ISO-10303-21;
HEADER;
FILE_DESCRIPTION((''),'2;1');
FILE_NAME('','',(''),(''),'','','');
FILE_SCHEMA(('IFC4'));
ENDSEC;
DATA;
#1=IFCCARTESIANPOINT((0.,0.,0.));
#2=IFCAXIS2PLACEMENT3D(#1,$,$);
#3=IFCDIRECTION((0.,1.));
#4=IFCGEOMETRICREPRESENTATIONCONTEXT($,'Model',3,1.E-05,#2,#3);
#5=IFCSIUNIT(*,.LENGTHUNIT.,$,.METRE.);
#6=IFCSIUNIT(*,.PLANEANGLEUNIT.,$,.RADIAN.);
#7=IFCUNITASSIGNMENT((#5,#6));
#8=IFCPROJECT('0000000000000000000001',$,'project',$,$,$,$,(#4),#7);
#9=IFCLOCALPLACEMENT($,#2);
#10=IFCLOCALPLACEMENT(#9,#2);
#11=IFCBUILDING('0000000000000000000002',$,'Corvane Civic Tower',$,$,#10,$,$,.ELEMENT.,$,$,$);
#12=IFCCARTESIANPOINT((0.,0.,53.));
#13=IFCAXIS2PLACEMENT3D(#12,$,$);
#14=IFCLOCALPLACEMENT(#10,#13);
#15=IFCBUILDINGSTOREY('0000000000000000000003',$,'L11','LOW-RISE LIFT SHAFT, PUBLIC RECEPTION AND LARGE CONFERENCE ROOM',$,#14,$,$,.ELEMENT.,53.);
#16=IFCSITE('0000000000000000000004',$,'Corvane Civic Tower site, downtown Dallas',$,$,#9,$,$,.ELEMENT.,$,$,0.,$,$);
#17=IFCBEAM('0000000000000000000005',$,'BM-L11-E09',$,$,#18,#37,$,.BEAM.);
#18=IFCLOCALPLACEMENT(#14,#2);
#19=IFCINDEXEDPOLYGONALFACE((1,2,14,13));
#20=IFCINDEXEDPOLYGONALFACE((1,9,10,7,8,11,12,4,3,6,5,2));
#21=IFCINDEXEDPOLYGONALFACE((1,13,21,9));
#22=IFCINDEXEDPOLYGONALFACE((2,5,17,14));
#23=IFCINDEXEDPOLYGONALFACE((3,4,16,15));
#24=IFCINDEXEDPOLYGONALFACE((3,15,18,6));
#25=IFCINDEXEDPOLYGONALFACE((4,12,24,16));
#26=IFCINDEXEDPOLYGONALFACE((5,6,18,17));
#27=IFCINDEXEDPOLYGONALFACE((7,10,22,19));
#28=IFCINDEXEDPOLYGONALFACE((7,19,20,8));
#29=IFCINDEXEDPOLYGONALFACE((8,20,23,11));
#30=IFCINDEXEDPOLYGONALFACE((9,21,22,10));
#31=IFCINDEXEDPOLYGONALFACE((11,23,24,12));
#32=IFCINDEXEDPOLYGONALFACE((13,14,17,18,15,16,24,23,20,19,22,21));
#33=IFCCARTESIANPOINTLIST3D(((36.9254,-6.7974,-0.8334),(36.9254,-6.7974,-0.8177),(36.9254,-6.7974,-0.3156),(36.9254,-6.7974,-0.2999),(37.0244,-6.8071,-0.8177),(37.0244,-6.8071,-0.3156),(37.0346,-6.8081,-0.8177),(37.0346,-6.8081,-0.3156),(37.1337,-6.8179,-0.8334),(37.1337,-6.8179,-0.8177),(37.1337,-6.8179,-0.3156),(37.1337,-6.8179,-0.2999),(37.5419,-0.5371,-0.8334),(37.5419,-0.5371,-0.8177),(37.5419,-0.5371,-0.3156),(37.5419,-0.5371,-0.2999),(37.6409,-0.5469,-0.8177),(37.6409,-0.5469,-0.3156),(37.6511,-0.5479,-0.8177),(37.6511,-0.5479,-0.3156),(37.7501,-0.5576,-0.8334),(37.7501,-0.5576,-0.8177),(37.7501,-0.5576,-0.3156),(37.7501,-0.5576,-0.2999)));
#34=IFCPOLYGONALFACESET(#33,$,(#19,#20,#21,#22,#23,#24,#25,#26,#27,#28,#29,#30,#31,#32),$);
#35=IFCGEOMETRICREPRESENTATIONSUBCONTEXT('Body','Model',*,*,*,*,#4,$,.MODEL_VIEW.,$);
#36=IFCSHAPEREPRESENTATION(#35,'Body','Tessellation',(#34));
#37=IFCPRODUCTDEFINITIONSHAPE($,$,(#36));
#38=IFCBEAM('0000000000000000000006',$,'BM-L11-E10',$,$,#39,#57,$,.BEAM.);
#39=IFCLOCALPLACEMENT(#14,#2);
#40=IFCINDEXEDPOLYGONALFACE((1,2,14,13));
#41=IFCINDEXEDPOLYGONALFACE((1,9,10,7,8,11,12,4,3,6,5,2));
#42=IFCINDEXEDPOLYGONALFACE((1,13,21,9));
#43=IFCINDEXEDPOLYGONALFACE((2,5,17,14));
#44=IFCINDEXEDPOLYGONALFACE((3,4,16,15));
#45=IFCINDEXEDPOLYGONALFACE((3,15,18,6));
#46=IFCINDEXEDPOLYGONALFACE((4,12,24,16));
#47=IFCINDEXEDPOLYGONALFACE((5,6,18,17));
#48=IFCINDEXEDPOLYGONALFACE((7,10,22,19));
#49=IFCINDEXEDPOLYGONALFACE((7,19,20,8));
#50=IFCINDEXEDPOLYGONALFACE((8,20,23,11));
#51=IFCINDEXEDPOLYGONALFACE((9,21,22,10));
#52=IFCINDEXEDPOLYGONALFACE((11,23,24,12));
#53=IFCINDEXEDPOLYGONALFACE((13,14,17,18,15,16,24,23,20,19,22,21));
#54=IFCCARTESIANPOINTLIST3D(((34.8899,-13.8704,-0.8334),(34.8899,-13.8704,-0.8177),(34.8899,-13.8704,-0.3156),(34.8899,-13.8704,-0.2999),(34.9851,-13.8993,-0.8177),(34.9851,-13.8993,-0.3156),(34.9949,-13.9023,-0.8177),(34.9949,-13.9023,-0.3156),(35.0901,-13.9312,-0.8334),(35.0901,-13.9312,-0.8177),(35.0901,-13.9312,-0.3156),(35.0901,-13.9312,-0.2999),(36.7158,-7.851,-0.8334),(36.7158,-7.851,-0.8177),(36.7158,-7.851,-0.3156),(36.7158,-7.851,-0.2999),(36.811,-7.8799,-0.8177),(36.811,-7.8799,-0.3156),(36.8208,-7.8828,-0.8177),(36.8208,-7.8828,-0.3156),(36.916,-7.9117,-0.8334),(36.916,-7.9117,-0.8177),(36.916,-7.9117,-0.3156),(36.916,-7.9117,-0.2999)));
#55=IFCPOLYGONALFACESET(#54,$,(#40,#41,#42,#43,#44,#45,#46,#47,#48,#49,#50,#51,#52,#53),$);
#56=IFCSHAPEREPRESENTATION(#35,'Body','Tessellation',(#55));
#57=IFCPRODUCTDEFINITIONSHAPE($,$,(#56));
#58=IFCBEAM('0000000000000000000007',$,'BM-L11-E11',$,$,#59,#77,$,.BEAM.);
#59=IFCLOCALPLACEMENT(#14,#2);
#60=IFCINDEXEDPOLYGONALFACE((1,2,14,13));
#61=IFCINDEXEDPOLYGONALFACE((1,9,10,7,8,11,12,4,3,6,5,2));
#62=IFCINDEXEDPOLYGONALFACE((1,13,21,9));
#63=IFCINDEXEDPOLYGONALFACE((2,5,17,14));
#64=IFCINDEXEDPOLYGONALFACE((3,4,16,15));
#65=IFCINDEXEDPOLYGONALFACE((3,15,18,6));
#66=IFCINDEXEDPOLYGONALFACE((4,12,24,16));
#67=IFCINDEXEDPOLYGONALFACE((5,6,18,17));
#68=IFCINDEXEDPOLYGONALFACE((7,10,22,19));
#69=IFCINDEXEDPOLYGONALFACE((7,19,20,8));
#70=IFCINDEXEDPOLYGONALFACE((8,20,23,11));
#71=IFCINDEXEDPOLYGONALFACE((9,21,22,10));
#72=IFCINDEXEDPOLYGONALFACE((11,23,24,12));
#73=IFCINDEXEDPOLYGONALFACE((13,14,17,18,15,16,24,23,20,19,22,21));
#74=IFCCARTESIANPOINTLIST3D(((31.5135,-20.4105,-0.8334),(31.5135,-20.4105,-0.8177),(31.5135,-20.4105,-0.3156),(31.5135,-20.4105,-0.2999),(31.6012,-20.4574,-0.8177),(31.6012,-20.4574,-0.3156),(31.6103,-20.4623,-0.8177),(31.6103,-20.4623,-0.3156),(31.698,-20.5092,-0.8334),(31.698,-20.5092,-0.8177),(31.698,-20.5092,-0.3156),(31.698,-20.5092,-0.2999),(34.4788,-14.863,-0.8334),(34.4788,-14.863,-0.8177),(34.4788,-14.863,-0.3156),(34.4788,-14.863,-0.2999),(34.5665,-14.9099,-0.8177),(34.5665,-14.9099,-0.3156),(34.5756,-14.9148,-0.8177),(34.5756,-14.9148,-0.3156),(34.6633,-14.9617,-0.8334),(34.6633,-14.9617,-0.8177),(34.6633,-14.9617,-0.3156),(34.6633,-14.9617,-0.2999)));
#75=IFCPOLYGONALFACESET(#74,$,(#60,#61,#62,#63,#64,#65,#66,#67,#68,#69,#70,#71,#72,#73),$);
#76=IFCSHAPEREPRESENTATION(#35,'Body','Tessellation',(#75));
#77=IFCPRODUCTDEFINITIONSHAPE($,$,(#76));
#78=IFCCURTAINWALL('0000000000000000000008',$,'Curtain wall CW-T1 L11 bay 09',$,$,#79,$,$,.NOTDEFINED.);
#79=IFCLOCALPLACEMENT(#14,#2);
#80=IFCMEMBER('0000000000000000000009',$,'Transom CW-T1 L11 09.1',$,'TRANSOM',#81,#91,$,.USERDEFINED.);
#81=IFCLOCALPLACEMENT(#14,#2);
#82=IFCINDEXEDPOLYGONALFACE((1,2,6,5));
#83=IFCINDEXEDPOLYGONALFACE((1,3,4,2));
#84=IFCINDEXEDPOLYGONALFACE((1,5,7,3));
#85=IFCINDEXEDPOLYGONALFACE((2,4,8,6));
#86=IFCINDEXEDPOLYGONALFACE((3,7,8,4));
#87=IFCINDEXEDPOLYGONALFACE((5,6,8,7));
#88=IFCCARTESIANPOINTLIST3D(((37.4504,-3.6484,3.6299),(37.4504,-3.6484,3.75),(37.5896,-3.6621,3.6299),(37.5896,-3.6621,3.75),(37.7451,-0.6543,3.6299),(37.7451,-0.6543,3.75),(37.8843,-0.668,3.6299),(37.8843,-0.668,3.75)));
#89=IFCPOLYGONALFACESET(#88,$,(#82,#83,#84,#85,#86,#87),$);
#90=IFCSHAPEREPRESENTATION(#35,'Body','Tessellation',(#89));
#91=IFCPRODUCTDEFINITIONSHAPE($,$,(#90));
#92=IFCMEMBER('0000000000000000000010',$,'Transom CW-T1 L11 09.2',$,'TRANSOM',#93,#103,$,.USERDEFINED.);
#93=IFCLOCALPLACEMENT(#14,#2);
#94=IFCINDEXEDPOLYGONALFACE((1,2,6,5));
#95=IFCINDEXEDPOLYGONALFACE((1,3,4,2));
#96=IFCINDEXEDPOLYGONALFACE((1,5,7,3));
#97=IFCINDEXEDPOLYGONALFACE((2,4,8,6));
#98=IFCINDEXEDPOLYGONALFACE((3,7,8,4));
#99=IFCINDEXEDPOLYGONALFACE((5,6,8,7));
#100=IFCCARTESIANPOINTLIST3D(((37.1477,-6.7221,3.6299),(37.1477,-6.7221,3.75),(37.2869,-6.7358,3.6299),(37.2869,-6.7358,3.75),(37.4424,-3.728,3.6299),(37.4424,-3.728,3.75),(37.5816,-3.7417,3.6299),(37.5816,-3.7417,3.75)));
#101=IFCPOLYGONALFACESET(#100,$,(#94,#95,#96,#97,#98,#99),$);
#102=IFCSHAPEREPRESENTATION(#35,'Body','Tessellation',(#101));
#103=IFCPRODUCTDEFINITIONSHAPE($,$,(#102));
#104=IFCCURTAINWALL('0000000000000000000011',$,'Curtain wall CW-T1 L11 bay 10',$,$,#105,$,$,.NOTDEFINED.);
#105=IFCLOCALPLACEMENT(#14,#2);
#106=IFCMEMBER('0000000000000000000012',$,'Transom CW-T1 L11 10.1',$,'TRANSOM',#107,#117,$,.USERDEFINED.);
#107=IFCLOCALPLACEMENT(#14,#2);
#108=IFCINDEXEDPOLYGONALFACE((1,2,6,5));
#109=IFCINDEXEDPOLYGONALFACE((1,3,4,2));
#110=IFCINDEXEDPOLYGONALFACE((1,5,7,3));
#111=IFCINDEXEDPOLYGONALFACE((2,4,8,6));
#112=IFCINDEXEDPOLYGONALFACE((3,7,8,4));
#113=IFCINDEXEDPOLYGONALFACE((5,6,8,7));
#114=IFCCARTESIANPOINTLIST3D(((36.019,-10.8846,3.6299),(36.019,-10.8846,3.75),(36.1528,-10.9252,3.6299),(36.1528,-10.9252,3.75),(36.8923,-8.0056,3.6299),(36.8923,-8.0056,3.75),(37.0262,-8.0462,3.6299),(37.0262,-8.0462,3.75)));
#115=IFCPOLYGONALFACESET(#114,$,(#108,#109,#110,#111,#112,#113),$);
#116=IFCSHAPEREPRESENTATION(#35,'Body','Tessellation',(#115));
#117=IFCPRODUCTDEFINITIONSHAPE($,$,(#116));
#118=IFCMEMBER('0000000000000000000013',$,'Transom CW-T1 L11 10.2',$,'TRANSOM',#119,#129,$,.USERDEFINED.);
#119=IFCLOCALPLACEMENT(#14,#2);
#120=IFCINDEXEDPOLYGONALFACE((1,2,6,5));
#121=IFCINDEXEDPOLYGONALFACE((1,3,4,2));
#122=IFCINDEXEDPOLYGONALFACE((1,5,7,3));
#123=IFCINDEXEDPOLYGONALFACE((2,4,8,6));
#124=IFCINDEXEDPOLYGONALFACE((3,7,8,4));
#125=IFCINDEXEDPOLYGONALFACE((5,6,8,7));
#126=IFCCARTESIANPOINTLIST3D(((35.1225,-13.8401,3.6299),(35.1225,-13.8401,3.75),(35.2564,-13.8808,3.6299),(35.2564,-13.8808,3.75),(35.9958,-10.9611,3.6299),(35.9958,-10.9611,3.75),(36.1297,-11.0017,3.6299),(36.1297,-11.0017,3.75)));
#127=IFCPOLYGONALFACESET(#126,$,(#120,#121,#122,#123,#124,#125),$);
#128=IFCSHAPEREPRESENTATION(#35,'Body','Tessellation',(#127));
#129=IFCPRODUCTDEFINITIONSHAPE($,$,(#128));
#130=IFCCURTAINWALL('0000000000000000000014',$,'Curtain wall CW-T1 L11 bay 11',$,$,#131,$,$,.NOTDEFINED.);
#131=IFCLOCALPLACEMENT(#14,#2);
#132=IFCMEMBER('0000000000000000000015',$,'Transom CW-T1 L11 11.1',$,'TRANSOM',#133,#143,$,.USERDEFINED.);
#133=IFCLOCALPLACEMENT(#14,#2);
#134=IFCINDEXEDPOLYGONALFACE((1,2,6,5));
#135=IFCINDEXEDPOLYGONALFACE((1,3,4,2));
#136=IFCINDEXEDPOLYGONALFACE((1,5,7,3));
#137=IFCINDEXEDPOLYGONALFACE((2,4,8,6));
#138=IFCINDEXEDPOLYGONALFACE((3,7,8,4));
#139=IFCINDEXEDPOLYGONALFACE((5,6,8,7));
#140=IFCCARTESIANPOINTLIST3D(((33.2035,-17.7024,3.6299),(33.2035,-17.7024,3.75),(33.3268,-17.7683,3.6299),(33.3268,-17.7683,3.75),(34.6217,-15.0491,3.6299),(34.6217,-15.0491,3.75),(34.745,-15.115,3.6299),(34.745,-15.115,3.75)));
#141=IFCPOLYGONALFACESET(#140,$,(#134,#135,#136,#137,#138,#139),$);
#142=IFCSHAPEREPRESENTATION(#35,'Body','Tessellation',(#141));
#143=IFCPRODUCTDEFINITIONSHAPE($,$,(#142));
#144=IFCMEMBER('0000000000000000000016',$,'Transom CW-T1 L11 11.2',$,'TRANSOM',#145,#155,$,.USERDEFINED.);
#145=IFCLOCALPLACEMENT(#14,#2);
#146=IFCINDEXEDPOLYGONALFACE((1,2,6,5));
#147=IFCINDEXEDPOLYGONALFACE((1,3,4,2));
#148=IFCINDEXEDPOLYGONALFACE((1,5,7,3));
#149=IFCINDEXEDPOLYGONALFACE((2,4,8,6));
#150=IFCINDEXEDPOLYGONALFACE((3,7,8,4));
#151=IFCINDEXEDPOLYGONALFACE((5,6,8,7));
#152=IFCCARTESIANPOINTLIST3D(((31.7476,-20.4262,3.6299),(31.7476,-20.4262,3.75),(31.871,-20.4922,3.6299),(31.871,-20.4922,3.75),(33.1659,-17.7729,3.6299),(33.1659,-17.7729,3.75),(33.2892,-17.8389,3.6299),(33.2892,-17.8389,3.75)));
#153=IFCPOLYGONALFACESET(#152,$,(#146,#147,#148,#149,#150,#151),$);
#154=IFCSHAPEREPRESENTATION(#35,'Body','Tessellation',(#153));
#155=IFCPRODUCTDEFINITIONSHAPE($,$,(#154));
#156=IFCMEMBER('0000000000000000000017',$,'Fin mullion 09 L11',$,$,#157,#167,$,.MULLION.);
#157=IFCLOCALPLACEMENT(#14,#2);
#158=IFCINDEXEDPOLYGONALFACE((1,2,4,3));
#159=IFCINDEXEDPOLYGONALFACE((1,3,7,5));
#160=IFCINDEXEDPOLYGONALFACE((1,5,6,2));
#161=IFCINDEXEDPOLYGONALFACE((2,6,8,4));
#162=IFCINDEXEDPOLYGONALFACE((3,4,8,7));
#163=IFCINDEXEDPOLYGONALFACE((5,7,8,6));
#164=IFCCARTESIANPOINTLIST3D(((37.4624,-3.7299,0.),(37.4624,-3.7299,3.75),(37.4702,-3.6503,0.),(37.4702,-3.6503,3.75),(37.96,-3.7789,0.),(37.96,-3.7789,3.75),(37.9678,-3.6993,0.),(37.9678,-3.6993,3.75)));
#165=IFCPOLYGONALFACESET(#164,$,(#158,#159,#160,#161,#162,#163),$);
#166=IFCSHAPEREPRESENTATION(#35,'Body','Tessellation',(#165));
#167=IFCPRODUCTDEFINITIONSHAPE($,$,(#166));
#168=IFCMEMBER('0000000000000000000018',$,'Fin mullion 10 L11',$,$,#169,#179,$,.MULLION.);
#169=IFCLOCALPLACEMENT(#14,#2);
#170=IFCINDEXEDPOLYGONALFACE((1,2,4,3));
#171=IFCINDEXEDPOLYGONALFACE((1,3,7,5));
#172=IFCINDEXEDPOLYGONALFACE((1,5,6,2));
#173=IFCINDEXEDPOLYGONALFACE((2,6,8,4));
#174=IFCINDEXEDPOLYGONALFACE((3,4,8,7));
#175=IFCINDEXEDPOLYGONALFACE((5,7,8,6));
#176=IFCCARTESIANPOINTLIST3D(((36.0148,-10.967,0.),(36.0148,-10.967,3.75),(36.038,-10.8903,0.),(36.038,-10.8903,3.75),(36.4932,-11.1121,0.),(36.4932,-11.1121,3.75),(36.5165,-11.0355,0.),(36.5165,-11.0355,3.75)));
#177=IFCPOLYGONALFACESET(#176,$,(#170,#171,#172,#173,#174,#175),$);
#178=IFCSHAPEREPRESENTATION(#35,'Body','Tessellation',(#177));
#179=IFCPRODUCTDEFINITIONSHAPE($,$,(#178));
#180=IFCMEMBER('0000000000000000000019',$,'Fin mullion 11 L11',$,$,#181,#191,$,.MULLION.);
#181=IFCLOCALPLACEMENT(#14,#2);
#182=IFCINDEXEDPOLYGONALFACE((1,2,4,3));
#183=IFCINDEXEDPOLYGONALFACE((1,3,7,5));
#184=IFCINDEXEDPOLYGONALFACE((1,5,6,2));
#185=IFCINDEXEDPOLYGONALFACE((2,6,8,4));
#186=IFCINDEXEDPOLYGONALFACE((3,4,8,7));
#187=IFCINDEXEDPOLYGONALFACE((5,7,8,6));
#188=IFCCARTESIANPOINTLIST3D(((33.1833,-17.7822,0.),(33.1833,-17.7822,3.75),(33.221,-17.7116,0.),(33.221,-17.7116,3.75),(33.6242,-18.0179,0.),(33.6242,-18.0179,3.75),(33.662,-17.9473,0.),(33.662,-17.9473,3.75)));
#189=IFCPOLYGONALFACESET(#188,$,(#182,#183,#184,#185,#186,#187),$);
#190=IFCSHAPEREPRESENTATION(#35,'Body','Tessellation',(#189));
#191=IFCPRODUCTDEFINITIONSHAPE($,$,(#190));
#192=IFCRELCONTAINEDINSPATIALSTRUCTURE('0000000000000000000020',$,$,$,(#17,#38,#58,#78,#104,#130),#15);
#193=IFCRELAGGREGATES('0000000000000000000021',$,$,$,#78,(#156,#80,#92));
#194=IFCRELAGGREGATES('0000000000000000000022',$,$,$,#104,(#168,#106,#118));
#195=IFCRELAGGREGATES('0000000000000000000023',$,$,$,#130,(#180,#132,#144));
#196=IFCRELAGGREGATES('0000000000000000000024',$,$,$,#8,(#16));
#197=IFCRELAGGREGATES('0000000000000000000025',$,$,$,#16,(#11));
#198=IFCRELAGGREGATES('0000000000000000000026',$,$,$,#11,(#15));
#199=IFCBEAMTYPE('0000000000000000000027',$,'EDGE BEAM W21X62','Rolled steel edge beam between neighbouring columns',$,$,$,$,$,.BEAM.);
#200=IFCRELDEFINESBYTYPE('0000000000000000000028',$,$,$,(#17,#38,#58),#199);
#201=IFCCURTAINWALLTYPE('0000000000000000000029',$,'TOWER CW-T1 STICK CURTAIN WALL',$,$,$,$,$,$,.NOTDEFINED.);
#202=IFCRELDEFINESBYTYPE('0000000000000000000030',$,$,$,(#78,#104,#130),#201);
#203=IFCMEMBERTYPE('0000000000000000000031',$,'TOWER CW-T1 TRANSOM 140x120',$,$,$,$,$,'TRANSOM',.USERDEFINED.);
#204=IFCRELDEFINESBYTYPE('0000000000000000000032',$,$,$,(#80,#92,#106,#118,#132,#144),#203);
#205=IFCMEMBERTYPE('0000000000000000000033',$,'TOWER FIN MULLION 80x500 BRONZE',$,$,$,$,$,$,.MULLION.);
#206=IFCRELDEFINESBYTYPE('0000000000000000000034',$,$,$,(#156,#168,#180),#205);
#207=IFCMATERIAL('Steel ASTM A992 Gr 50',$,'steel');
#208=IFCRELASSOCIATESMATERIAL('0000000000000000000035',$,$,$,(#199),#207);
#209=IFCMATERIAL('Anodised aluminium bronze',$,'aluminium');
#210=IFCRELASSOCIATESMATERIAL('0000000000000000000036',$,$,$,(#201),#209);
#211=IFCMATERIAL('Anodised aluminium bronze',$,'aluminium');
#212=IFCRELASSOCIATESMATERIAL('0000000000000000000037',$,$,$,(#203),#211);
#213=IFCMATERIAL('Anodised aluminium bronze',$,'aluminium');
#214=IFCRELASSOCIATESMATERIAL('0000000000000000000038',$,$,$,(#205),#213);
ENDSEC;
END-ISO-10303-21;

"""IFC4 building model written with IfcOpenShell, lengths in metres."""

from ifc_helpers import new_model, si_unit, direction, frame, origin, origin_2d, place, context, subcontext, project, spatial, rectangle, i_section, extrude, material, material_profile, profile_set, type_object, element, aggregate, save


model = new_model("IFC4")

# Units and contexts
model_context = context("Model", 3, precision=1e-05, world=origin(), true_north=direction((0.0, 1.0)))
body_context = subcontext(model_context, "Body", "Model", "MODEL_VIEW")
ifc_project = project(units=[si_unit("LENGTHUNIT", "METRE"), si_unit("PLANEANGLEUNIT", "RADIAN")], contexts=[model_context])

# Site, building, storey
site_placement = place(None, origin())
site = spatial("IfcSite", under=ifc_project, at=site_placement, Name="Corvane Civic Tower site, downtown Dallas", CompositionType="ELEMENT", RefElevation=0.0)
building_placement = place(site_placement, origin())
building = spatial("IfcBuilding", under=site, at=building_placement, Name="Corvane Civic Tower", CompositionType="ELEMENT")
storey_placement = place(building_placement, frame((0.0, 0.0, 53.0)))
storey = spatial("IfcBuildingStorey", under=building, at=storey_placement, Name="L11", Description="LOW-RISE LIFT SHAFT, PUBLIC RECEPTION AND LARGE CONFERENCE ROOM", CompositionType="ELEMENT", Elevation=53.0)

# Beams
ifc_material_1 = material(Name="Steel ASTM A992 Gr 50", Category="steel")
ifc_material_profile_1 = material_profile(ifc_material_1, i_section(OverallWidth=0.2092, OverallDepth=0.5334, WebThickness=0.0103, FlangeThickness=0.0156, at=origin_2d()), Name="W21X62")
ifc_profile_set_1 = profile_set([ifc_material_profile_1], Name="Steel ASTM A992 Gr 50")
beam_type = type_object("IfcBeamType", Name="EDGE BEAM W21X62", Description="Rolled steel edge beam between neighbouring columns", PredefinedType="BEAM", material=ifc_profile_set_1)
beam_placement = place(storey_placement, frame((37.646, -0.5474, -0.5667), z_axis=(-0.097997, -0.995187, 0.0), x_axis=(0.995187, -0.097997, 0.0)))
element("IfcBeam", 1, at=beam_placement, inside=storey, type_object=beam_type, Name="BM-L11-E09", PredefinedType="BEAM", context=body_context, shape_type="SweptSolid", body=[
    extrude(i_section(OverallWidth=0.2092, OverallDepth=0.5334, WebThickness=0.0103, FlangeThickness=0.0156, at=origin_2d()), origin(), (0.0, 0.0, 1.0), 6.2905),
])
for number, where, z_axis, x_axis, name in (
    (2, (36.8159, -7.8813, -0.5667), (-0.290273, -0.956944, 0.0), (0.956944, -0.290273, 0.0), "BM-L11-E10"),
    (3, (34.571, -14.9124, -0.5667), (-0.471406, -0.881916, 0.0), (0.881916, -0.471406, 0.0), "BM-L11-E11"),
):
    element("IfcBeam", number, at=place(storey_placement, frame(where, z_axis=z_axis, x_axis=x_axis)), inside=storey, type_object=beam_type, Name=name, PredefinedType="BEAM", context=body_context, shape_type="SweptSolid", body=[
        extrude(i_section(OverallWidth=0.2092, OverallDepth=0.5334, WebThickness=0.0103, FlangeThickness=0.0156, at=origin_2d()), origin(), (0.0, 0.0, 1.0), 6.2903),
    ])

# Curtain walls, members
ifc_material_2 = material(Name="Anodised aluminium bronze", Category="aluminium")
curtain_wall_type = type_object("IfcCurtainWallType", Name="TOWER CW-T1 STICK CURTAIN WALL", PredefinedType="NOTDEFINED", material=ifc_material_2)
curtain_wall_1_placement = place(storey_placement, origin())
curtain_wall_1 = element("IfcCurtainWall", 4, at=curtain_wall_1_placement, inside=storey, type_object=curtain_wall_type, Name="Curtain wall CW-T1 L11 bay 09", PredefinedType="NOTDEFINED")
ifc_material_3 = material(Name="Anodised aluminium bronze", Category="aluminium")
ifc_material_profile_2 = material_profile(ifc_material_3, rectangle(XDim=0.1399, YDim=0.1201, at=origin_2d()), Name="TOWER CW-T1 TRANSOM 140x120")
ifc_profile_set_2 = profile_set([ifc_material_profile_2], Name="Anodised aluminium bronze")
member_type_1 = type_object("IfcMemberType", Name="TOWER CW-T1 TRANSOM 140x120", ElementType="TRANSOM", PredefinedType="USERDEFINED", material=ifc_profile_set_2)
member_1_placement = place(storey_placement, frame((37.8147, -0.6611, 3.6899), z_axis=(-0.097945, -0.995192, 0.0), x_axis=(0.995192, -0.097945, 0.0)))
member_1 = element("IfcMember", 5, at=member_1_placement, type_object=member_type_1, Name="Transom CW-T1 L11 09.1", ObjectType="TRANSOM", PredefinedType="USERDEFINED", context=body_context, shape_type="SweptSolid", body=[
    extrude(rectangle(XDim=0.1399, YDim=0.1201, at=origin_2d()), origin(), (0.0, 0.0, 1.0), 3.0085),
])
member_2_placement = place(storey_placement, frame((37.512, -3.7349, 3.6899), z_axis=(-0.097945, -0.995192, 0.0), x_axis=(0.995192, -0.097945, 0.0)))
member_2 = element("IfcMember", 6, at=member_2_placement, type_object=member_type_1, Name="Transom CW-T1 L11 09.2", ObjectType="TRANSOM", PredefinedType="USERDEFINED", context=body_context, shape_type="SweptSolid", body=[
    extrude(rectangle(XDim=0.1399, YDim=0.1201, at=origin_2d()), origin(), (0.0, 0.0, 1.0), 3.0085),
])
curtain_wall_2_placement = place(storey_placement, origin())
curtain_wall_2 = element("IfcCurtainWall", 7, at=curtain_wall_2_placement, inside=storey, type_object=curtain_wall_type, Name="Curtain wall CW-T1 L11 bay 10", PredefinedType="NOTDEFINED")
member_3_placement = place(storey_placement, frame((36.9592, -8.0259, 3.6899), z_axis=(-0.29028, -0.956942, 0.0), x_axis=(0.956942, -0.29028, 0.0)))
member_3 = element("IfcMember", 8, at=member_3_placement, type_object=member_type_1, Name="Transom CW-T1 L11 10.1", ObjectType="TRANSOM", PredefinedType="USERDEFINED", context=body_context, shape_type="SweptSolid", body=[
    extrude(rectangle(XDim=0.1399, YDim=0.1201, at=origin_2d()), origin(), (0.0, 0.0, 1.0), 3.0085),
])
member_4_placement = place(storey_placement, frame((36.0627, -10.9814, 3.6899), z_axis=(-0.29028, -0.956942, 0.0), x_axis=(0.956942, -0.29028, 0.0)))
member_4 = element("IfcMember", 9, at=member_4_placement, type_object=member_type_1, Name="Transom CW-T1 L11 10.2", ObjectType="TRANSOM", PredefinedType="USERDEFINED", context=body_context, shape_type="SweptSolid", body=[
    extrude(rectangle(XDim=0.1399, YDim=0.1201, at=origin_2d()), origin(), (0.0, 0.0, 1.0), 3.0085),
])
curtain_wall_3_placement = place(storey_placement, origin())
curtain_wall_3 = element("IfcCurtainWall", 10, at=curtain_wall_3_placement, inside=storey, type_object=curtain_wall_type, Name="Curtain wall CW-T1 L11 bay 11", PredefinedType="NOTDEFINED")
member_5_placement = place(storey_placement, frame((34.6833, -15.082, 3.6899), z_axis=(-0.471393, -0.881924, 0.0), x_axis=(0.881924, -0.471393, 0.0)))
member_5 = element("IfcMember", 11, at=member_5_placement, type_object=member_type_1, Name="Transom CW-T1 L11 11.1", ObjectType="TRANSOM", PredefinedType="USERDEFINED", context=body_context, shape_type="SweptSolid", body=[
    extrude(rectangle(XDim=0.1399, YDim=0.1201, at=origin_2d()), origin(), (0.0, 0.0, 1.0), 3.0085),
])
member_6_placement = place(storey_placement, frame((33.2275, -17.8059, 3.6899), z_axis=(-0.471393, -0.881924, 0.0), x_axis=(0.881924, -0.471393, 0.0)))
member_6 = element("IfcMember", 12, at=member_6_placement, type_object=member_type_1, Name="Transom CW-T1 L11 11.2", ObjectType="TRANSOM", PredefinedType="USERDEFINED", context=body_context, shape_type="SweptSolid", body=[
    extrude(rectangle(XDim=0.1399, YDim=0.1201, at=origin_2d()), origin(), (0.0, 0.0, 1.0), 3.0085),
])

# Members
ifc_material_4 = material(Name="Anodised aluminium bronze", Category="aluminium")
ifc_material_profile_3 = material_profile(ifc_material_4, rectangle(XDim=0.0801, YDim=0.5, at=origin_2d()), Name="TOWER FIN MULLION 80x500 BRONZE")
ifc_profile_set_3 = profile_set([ifc_material_profile_3], Name="Anodised aluminium bronze")
member_type_2 = type_object("IfcMemberType", Name="TOWER FIN MULLION 80x500 BRONZE", PredefinedType="MULLION", material=ifc_profile_set_3)
member_7_placement = place(storey_placement, frame((37.7151, -3.7146, 0.0), z_axis=(0.0, 0.0, 1.0), x_axis=(-0.098006, -0.995186, 0.0)))
member_7 = element("IfcMember", 13, at=member_7_placement, type_object=member_type_2, Name="Fin mullion 09 L11", PredefinedType="MULLION", context=body_context, shape_type="SweptSolid", body=[
    extrude(rectangle(XDim=0.0801, YDim=0.5, at=origin_2d()), origin(), (0.0, 0.0, 1.0), 3.75),
])
member_8_placement = place(storey_placement, frame((36.2656, -11.0012, 0.0), z_axis=(0.0, 0.0, 1.0), x_axis=(-0.290278, -0.956942, 0.0)))
member_8 = element("IfcMember", 14, at=member_8_placement, type_object=member_type_2, Name="Fin mullion 10 L11", PredefinedType="MULLION", context=body_context, shape_type="SweptSolid", body=[
    extrude(rectangle(XDim=0.0801, YDim=0.5, at=origin_2d()), origin(), (0.0, 0.0, 1.0), 3.75),
])
member_9_placement = place(storey_placement, frame((33.4226, -17.8647, 0.0), z_axis=(0.0, 0.0, 1.0), x_axis=(-0.471404, -0.881918, 0.0)))
member_9 = element("IfcMember", 15, at=member_9_placement, type_object=member_type_2, Name="Fin mullion 11 L11", PredefinedType="MULLION", context=body_context, shape_type="SweptSolid", body=[
    extrude(rectangle(XDim=0.0801, YDim=0.5, at=origin_2d()), origin(), (0.0, 0.0, 1.0), 3.75),
])

aggregate(curtain_wall_1, [member_7, member_1, member_2])
aggregate(curtain_wall_2, [member_8, member_3, member_4])
aggregate(curtain_wall_3, [member_9, member_5, member_6])

save(model, "model.ifc")
